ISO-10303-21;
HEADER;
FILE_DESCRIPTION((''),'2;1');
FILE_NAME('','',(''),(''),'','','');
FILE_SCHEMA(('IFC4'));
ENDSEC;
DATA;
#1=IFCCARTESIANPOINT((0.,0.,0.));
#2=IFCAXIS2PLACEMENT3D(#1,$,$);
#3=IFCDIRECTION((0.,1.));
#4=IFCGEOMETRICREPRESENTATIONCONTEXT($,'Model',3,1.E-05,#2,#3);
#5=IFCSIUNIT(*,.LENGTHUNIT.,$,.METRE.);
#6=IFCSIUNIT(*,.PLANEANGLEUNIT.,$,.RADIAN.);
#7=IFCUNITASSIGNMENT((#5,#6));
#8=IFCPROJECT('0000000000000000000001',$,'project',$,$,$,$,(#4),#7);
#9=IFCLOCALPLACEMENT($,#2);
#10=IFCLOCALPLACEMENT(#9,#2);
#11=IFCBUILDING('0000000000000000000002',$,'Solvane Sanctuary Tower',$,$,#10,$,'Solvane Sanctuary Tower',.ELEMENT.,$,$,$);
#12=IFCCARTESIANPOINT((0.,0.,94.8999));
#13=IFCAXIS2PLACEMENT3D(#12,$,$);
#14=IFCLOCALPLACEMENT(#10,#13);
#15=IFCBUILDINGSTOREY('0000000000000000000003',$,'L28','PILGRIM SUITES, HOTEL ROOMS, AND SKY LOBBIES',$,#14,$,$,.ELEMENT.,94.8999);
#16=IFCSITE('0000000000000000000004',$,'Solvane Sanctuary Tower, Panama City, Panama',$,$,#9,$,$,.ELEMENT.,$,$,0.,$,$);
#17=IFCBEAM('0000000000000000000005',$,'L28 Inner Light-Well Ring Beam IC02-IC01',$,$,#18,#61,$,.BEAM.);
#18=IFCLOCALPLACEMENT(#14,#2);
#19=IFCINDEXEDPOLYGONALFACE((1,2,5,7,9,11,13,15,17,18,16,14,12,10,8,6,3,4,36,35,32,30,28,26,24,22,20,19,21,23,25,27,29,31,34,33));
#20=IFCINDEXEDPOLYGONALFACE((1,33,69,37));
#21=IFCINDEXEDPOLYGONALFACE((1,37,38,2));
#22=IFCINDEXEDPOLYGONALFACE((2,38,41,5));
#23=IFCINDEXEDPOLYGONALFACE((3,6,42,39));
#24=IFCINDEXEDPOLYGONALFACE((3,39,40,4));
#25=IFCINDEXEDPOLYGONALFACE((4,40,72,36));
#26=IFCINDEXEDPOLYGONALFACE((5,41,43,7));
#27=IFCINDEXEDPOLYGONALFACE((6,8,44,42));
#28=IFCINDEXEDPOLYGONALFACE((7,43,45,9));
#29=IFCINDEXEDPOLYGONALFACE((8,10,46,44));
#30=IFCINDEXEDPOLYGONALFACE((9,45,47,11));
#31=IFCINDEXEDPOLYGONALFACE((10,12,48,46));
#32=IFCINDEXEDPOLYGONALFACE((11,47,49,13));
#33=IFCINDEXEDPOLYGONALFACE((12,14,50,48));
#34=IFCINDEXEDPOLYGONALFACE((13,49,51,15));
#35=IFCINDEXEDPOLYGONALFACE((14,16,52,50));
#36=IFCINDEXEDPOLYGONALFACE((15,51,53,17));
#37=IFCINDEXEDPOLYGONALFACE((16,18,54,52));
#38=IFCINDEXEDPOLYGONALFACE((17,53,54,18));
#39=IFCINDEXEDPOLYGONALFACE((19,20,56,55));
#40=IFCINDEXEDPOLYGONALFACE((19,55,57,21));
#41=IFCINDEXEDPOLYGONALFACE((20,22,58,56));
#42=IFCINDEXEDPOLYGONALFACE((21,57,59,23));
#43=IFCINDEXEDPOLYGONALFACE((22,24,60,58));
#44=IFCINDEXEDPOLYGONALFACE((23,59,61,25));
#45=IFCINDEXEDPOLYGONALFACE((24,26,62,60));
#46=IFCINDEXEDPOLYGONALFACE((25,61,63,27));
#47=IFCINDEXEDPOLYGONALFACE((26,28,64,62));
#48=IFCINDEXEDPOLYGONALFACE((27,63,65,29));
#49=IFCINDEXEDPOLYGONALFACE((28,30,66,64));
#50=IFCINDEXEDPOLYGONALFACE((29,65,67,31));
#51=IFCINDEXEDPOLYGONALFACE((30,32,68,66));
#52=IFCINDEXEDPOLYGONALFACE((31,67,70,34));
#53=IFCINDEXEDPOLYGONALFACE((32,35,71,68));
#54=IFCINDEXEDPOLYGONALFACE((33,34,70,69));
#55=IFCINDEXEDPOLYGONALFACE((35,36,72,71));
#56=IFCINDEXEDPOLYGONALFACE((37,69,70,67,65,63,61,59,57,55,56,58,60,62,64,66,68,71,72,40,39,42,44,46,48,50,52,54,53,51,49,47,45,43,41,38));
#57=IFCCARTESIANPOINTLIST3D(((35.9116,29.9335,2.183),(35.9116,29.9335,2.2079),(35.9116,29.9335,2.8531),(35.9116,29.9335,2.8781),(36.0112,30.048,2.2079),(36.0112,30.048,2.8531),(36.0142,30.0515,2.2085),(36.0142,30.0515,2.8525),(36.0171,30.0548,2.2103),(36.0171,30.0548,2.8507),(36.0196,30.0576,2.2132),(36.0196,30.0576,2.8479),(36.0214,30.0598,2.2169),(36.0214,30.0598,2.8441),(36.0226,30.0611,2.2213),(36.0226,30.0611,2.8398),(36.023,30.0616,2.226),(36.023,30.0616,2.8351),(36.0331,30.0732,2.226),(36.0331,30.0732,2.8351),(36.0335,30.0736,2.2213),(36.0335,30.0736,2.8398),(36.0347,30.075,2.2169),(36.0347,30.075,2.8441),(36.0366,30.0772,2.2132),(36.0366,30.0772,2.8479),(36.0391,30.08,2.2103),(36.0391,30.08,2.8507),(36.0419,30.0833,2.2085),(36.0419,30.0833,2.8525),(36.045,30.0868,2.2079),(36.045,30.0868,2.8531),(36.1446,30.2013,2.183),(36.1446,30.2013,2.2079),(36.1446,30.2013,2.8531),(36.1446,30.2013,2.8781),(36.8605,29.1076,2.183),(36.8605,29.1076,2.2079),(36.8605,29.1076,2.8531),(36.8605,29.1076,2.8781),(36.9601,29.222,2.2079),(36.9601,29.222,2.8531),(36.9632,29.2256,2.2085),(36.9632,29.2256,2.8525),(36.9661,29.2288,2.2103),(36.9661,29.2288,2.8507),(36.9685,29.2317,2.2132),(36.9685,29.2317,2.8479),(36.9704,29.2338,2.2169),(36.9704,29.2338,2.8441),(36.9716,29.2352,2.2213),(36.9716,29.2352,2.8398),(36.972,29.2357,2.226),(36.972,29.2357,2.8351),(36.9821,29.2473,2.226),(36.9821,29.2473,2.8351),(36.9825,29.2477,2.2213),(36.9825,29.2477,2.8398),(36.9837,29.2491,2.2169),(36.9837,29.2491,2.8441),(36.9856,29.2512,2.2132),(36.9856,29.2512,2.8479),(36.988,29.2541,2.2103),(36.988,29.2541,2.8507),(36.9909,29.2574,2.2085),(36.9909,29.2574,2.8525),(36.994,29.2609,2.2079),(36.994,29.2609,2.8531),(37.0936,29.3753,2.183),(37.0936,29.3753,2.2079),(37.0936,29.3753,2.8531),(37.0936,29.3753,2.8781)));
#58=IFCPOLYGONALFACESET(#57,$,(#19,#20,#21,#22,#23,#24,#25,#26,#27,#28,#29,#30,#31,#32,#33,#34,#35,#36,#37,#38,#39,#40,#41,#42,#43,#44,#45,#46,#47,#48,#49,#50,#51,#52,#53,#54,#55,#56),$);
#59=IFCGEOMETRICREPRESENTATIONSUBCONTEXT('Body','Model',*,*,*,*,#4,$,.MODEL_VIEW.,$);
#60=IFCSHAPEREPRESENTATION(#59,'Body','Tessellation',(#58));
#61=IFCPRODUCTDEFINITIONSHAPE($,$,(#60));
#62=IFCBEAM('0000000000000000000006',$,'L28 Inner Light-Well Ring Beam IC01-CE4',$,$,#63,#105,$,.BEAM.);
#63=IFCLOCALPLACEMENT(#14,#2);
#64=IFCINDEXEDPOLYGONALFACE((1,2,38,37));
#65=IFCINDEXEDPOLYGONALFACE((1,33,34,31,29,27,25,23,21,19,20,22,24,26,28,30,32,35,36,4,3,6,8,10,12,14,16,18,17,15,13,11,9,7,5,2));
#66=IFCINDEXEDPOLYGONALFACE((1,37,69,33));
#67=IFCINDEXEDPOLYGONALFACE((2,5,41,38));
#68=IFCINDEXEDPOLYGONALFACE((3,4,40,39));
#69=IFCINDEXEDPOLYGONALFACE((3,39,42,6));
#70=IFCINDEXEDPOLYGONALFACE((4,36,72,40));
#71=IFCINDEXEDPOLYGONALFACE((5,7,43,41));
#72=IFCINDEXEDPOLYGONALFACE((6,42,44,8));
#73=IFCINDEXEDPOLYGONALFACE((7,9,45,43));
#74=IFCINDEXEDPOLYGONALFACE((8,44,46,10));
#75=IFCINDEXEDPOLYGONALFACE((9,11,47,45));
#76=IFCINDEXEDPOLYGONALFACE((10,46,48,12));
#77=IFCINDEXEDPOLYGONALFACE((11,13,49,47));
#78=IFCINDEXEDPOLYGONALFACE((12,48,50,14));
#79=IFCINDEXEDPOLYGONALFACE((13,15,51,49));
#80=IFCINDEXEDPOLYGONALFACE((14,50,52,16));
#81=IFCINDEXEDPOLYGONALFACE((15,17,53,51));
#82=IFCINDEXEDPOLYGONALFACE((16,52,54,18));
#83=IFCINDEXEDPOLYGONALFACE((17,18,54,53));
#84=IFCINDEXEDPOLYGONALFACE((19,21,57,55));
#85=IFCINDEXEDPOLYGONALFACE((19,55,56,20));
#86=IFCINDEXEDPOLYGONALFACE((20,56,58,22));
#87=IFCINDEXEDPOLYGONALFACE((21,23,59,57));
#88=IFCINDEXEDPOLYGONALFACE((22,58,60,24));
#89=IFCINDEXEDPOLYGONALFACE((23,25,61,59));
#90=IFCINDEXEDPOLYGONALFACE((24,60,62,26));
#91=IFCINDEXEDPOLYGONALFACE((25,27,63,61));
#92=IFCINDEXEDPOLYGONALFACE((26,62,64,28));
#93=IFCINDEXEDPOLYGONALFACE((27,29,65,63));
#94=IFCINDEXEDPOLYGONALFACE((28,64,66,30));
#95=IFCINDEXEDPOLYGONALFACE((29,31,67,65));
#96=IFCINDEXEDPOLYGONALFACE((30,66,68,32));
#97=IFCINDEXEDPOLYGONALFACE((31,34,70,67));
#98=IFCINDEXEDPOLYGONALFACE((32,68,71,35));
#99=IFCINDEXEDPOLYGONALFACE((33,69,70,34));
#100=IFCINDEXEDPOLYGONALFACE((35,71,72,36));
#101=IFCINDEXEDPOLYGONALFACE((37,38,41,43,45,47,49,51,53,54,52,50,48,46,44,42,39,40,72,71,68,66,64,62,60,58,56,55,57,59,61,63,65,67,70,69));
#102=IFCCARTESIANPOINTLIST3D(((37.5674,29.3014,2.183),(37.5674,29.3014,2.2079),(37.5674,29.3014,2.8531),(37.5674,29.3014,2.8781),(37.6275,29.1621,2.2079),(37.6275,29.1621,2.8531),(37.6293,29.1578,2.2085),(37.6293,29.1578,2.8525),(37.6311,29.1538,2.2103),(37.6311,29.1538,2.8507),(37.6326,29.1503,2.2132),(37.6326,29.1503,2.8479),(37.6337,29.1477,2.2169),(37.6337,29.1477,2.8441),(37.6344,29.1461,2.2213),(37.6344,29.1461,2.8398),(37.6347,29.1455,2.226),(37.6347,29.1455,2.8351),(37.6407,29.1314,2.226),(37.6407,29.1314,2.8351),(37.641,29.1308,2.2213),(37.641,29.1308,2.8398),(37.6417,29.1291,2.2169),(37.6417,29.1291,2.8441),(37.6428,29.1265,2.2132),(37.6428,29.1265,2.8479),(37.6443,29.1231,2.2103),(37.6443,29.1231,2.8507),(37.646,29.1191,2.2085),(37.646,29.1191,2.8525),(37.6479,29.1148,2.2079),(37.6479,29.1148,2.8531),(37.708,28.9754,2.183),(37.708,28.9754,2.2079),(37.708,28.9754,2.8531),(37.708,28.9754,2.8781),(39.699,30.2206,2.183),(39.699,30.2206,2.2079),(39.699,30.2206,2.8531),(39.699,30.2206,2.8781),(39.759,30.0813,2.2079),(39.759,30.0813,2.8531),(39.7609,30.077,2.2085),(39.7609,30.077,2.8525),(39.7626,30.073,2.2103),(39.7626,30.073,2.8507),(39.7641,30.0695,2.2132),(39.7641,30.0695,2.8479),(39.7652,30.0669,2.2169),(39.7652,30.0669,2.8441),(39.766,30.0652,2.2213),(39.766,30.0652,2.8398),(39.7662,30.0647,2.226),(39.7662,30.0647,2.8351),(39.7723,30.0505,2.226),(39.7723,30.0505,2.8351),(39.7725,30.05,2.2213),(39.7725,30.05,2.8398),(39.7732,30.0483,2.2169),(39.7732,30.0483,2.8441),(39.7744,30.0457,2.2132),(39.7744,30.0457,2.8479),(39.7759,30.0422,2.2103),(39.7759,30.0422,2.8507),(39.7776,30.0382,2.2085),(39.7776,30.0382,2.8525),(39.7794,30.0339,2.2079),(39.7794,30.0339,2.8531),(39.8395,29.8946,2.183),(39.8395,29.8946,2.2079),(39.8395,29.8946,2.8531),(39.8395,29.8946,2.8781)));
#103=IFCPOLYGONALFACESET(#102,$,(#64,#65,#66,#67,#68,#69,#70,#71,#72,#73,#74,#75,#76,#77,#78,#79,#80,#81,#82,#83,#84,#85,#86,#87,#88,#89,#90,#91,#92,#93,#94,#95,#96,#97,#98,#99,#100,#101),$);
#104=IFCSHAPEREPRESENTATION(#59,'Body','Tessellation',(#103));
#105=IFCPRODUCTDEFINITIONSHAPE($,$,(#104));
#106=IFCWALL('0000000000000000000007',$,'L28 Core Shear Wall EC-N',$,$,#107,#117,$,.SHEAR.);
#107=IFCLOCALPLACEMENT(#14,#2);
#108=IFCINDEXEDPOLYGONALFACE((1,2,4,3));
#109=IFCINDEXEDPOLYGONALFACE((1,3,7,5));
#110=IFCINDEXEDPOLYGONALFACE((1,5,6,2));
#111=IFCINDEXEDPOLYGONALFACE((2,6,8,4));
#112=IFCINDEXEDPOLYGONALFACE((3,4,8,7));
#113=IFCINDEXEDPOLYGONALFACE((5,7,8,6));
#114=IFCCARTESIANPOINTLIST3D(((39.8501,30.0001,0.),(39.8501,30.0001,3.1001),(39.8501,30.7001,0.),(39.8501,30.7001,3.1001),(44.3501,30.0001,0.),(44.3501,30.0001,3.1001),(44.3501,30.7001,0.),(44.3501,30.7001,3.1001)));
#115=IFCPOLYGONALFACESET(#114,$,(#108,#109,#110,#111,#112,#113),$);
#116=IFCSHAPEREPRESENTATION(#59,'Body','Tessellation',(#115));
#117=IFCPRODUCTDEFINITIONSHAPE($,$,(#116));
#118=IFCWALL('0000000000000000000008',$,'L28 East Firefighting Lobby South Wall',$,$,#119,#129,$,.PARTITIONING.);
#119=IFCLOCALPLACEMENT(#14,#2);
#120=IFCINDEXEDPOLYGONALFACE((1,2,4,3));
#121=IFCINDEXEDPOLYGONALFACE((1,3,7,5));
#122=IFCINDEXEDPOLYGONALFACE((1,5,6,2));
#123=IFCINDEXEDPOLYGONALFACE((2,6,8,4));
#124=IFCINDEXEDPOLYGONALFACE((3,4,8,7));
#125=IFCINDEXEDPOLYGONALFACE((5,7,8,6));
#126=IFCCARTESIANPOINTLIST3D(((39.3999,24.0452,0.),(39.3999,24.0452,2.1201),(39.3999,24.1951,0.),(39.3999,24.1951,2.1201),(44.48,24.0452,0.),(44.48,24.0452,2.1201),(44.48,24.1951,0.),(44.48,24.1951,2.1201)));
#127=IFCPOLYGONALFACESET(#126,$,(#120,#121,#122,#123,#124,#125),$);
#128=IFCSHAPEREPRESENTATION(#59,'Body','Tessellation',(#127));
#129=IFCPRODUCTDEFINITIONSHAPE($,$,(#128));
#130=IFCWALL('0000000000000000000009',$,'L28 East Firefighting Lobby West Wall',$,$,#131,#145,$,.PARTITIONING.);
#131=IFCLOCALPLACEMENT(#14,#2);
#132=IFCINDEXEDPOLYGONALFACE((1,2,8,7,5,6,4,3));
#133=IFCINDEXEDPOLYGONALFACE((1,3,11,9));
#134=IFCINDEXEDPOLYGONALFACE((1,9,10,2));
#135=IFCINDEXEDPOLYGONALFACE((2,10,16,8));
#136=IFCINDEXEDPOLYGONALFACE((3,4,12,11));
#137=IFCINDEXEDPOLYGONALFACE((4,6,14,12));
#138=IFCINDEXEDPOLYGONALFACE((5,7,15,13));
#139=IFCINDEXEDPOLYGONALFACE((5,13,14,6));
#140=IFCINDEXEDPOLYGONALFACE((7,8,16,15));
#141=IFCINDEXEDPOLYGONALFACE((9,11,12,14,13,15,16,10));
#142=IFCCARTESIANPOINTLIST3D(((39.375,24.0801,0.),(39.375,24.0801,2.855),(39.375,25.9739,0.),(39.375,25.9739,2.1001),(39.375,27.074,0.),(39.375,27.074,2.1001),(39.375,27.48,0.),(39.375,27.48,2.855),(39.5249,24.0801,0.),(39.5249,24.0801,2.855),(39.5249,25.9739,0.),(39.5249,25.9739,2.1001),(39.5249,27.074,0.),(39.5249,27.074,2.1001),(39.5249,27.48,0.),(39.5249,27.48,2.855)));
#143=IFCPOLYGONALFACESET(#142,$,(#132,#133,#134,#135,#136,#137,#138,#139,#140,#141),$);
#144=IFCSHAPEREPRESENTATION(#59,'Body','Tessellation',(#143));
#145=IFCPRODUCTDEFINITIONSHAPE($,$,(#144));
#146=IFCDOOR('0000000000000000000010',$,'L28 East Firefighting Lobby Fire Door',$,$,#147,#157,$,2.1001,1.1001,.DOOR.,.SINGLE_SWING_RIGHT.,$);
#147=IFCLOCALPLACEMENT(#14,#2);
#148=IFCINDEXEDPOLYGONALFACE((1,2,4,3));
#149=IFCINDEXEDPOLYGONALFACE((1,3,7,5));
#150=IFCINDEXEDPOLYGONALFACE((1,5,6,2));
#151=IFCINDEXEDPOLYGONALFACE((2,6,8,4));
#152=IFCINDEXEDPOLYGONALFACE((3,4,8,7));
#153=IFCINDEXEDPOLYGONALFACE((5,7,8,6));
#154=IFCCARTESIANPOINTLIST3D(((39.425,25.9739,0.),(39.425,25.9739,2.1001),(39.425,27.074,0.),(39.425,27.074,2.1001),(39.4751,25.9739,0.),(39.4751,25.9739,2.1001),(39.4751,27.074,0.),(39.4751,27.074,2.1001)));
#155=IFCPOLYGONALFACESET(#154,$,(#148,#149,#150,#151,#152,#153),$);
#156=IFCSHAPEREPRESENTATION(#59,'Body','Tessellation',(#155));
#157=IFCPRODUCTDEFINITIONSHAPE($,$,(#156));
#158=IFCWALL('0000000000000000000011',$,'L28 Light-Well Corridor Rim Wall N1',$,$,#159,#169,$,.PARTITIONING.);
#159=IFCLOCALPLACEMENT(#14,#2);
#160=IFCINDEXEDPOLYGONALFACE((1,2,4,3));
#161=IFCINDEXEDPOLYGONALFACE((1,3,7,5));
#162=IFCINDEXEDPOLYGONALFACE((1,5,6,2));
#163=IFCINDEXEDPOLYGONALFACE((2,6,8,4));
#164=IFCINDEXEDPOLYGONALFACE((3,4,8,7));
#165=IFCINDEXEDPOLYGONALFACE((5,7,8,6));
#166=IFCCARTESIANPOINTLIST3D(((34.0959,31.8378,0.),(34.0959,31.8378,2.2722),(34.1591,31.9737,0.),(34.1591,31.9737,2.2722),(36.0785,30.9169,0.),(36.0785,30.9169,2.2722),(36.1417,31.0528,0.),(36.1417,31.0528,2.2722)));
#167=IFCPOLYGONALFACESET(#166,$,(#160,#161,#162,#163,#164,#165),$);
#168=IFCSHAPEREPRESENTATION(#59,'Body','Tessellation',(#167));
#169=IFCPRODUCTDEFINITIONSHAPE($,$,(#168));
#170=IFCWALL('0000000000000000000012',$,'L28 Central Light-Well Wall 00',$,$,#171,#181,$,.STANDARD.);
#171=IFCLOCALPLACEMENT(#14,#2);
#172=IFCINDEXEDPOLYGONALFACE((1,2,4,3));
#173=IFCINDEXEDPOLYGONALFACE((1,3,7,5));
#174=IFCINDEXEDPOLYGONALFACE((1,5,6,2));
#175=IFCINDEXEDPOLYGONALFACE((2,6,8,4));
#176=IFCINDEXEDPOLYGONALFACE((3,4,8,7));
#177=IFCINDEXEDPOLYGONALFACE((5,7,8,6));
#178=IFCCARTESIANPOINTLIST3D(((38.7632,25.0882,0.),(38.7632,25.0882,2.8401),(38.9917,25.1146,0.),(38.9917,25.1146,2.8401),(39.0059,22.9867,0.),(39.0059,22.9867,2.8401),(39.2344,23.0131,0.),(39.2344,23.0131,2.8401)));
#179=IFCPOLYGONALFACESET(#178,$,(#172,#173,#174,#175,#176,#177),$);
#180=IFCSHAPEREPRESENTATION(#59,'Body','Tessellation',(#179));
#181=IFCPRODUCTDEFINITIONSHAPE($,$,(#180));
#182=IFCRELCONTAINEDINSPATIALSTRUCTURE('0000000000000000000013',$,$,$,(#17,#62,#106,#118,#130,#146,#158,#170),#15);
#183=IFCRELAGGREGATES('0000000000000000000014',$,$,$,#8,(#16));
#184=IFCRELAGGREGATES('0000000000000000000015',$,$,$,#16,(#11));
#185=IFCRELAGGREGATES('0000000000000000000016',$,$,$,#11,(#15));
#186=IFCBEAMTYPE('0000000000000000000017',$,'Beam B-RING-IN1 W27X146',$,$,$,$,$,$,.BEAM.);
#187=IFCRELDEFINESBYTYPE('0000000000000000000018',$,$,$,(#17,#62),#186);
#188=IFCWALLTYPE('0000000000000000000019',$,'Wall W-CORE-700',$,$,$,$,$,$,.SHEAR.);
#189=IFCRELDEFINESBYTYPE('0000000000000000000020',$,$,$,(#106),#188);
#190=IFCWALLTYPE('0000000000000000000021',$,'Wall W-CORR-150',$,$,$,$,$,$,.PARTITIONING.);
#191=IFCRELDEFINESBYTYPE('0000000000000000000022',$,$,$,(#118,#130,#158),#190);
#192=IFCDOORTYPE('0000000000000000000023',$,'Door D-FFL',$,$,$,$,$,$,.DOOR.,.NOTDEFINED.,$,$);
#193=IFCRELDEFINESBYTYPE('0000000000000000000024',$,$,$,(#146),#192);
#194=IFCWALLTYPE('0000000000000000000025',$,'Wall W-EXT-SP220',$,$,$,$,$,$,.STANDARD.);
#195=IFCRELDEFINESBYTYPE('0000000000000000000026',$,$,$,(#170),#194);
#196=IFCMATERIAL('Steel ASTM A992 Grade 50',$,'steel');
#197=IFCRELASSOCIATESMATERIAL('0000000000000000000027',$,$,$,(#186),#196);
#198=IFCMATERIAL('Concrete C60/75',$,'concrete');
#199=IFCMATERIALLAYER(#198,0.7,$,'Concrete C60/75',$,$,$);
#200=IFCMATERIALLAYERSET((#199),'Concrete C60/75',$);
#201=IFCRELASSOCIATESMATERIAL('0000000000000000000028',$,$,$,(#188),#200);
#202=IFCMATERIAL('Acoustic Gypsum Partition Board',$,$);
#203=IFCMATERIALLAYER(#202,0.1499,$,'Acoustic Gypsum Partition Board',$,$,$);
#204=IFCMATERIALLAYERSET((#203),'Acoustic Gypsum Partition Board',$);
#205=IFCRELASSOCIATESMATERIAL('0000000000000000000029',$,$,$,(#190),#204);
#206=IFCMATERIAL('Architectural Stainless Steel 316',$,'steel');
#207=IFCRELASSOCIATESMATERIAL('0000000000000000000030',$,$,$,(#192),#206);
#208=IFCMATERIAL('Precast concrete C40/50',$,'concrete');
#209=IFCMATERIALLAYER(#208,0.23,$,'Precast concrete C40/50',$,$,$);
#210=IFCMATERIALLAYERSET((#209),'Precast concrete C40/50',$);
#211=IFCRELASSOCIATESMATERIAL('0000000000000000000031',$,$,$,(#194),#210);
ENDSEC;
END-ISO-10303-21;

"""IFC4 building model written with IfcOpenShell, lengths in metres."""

from ifc_helpers import new_model, si_unit, direction, frame, frame_2d, origin, origin_2d, place, context, subcontext, project, spatial, rectangle, i_section, extrude, material, layer, layer_set, material_profile, profile_set, type_object, element, fill, save


model = new_model("IFC4")

# Units and contexts
model_context = context("Model", 3, precision=1e-05, world=origin(), true_north=direction((0.0, 1.0)))
body_context = subcontext(model_context, "Body", "Model", "MODEL_VIEW")
ifc_project = project(units=[si_unit("LENGTHUNIT", "METRE"), si_unit("PLANEANGLEUNIT", "RADIAN")], contexts=[model_context])

# Site, building, storey
site_placement = place(None, origin())
site = spatial("IfcSite", under=ifc_project, at=site_placement, Name="Solvane Sanctuary Tower, Panama City, Panama", CompositionType="ELEMENT", RefElevation=0.0)
building_placement = place(site_placement, origin())
building = spatial("IfcBuilding", under=site, at=building_placement, Name="Solvane Sanctuary Tower", LongName="Solvane Sanctuary Tower", CompositionType="ELEMENT")
storey_placement = place(building_placement, frame((0.0, 0.0, 94.8999)))
storey = spatial("IfcBuildingStorey", under=building, at=storey_placement, Name="L28", Description="PILGRIM SUITES, HOTEL ROOMS, AND SKY LOBBIES", CompositionType="ELEMENT", Elevation=94.8999)

# Shared definitions
ifc_material_1 = material(Name="Concrete C60/75", Category="concrete")

# Beams
ifc_material_2 = material(Name="Steel ASTM A992 Grade 50", Category="steel")
ifc_material_profile_1 = material_profile(ifc_material_2, i_section(OverallWidth=0.355, OverallDepth=0.6951, WebThickness=0.0154, FlangeThickness=0.0249, FilletRadius=0.0181, at=origin_2d()), Name="W27X146")
ifc_profile_set_1 = profile_set([ifc_material_profile_1], Name="Steel ASTM A992 Grade 50")
beam_type_1 = type_object("IfcBeamType", Name="Beam B-RING-IN1 W27X146", PredefinedType="BEAM", material=ifc_profile_set_1)
beam_1_placement = place(storey_placement, frame((36.0281, 30.0674, 2.5305), z_axis=(0.754317, -0.65651, 0.0), x_axis=(0.65651, 0.754317, 0.0)))
element("IfcBeam", 1, at=beam_1_placement, inside=storey, type_object=beam_type_1, Name="L28 Inner Light-Well Ring Beam IC02-IC01", PredefinedType="BEAM", context=body_context, shape_type="SweptSolid", body=[
    extrude(i_section(OverallWidth=0.355, OverallDepth=0.6951, WebThickness=0.0154, FlangeThickness=0.0249, FilletRadius=0.0181, at=origin_2d()), origin(), (0.0, 0.0, 1.0), 1.2581),
])
beam_2_placement = place(storey_placement, frame((37.6377, 29.1384, 2.5305), z_axis=(0.918261, 0.395975, 0.0), x_axis=(-0.395975, 0.918261, 0.0)))
element("IfcBeam", 2, at=beam_2_placement, inside=storey, type_object=beam_type_1, Name="L28 Inner Light-Well Ring Beam IC01-CE4", PredefinedType="BEAM", context=body_context, shape_type="SweptSolid", body=[
    extrude(i_section(OverallWidth=0.355, OverallDepth=0.6951, WebThickness=0.0154, FlangeThickness=0.0249, FilletRadius=0.0181, at=origin_2d()), origin(), (0.0, 0.0, 1.0), 2.3213),
])

# Walls
ifc_layer_1 = layer(ifc_material_1, 0.7, Name="Concrete C60/75")
ifc_layer_set_1 = layer_set([ifc_layer_1], Name="Concrete C60/75")
wall_type_1 = type_object("IfcWallType", Name="Wall W-CORE-700", PredefinedType="SHEAR", material=ifc_layer_set_1)
wall_1_placement = place(storey_placement, frame((39.8501, 30.3501, 0.0), z_axis=(0.0, 0.0, 1.0), x_axis=(1.0, 0.0, 0.0)))
element("IfcWall", 3, at=wall_1_placement, inside=storey, type_object=wall_type_1, Name="L28 Core Shear Wall EC-N", PredefinedType="SHEAR", context=body_context, shape_type="SweptSolid", body=[
    extrude(rectangle(XDim=4.5, YDim=0.7, at=frame_2d((2.25, 0.0))), origin(), (0.0, 0.0, 1.0), 3.1001),
])
ifc_material_3 = material(Name="Acoustic Gypsum Partition Board")
ifc_layer_2 = layer(ifc_material_3, 0.1499, Name="Acoustic Gypsum Partition Board")
ifc_layer_set_2 = layer_set([ifc_layer_2], Name="Acoustic Gypsum Partition Board")
wall_type_2 = type_object("IfcWallType", Name="Wall W-CORR-150", PredefinedType="PARTITIONING", material=ifc_layer_set_2)
wall_2_placement = place(storey_placement, frame((39.3999, 24.1201, 0.0), z_axis=(0.0, 0.0, 1.0), x_axis=(1.0, 0.0, 0.0)))
element("IfcWall", 4, at=wall_2_placement, inside=storey, type_object=wall_type_2, Name="L28 East Firefighting Lobby South Wall", PredefinedType="PARTITIONING", context=body_context, shape_type="SweptSolid", body=[
    extrude(rectangle(XDim=5.0801, YDim=0.1499, at=frame_2d((2.54, 0.0))), origin(), (0.0, 0.0, 1.0), 2.1201),
])

# Wall, opening, door
wall_3_placement = place(storey_placement, frame((39.45, 24.0801, 0.0), z_axis=(0.0, 0.0, 1.0), x_axis=(0.0, 1.0, 0.0)))
wall_3 = element("IfcWall", 5, at=wall_3_placement, inside=storey, type_object=wall_type_2, Name="L28 East Firefighting Lobby West Wall", PredefinedType="PARTITIONING", context=body_context, shape_type="SweptSolid", body=[
    extrude(rectangle(XDim=3.3999, YDim=0.1499, at=frame_2d((1.7, 0.0))), origin(), (0.0, 0.0, 1.0), 2.855),
])
opening_1_placement = place(wall_3_placement, frame((1.8938, 0.0, 0.0)))
opening_1 = element("IfcOpeningElement", 6, at=opening_1_placement, cuts=wall_3, PredefinedType="OPENING", context=body_context, shape_type="SweptSolid", body=[
    extrude(rectangle(XDim=1.1001, YDim=2.1001, at=frame_2d((0.55, 1.05))), frame((0.0, 0.085, 0.0), z_axis=(0.0, -1.0, 0.0), x_axis=(1.0, 0.0, 0.0)), (0.0, 0.0, 1.0), 0.1699),
])
ifc_material_4 = material(Name="Architectural Stainless Steel 316", Category="steel")
door_type = type_object("IfcDoorType", Name="Door D-FFL", OperationType="NOTDEFINED", PredefinedType="DOOR", material=ifc_material_4)
door_placement = place(opening_1_placement, origin())
door = element("IfcDoor", 7, at=door_placement, inside=storey, type_object=door_type, Name="L28 East Firefighting Lobby Fire Door", OperationType="SINGLE_SWING_RIGHT", OverallHeight=2.1001, OverallWidth=1.1001, PredefinedType="DOOR", context=body_context, shape_type="SweptSolid", body=[
    extrude(rectangle(XDim=1.1001, YDim=2.1001, at=frame_2d((0.55, 1.05))), frame((0.0, 0.0249, 0.0), z_axis=(0.0, -1.0, 0.0), x_axis=(1.0, 0.0, 0.0)), (0.0, 0.0, 1.0), 0.05),
])
fill(opening_1, door)

# Walls
wall_4_placement = place(storey_placement, frame((36.1101, 30.9849, 0.0), z_axis=(0.0, 0.0, 1.0), x_axis=(-0.906943, 0.421252, 0.0)))
element("IfcWall", 8, at=wall_4_placement, inside=storey, type_object=wall_type_2, Name="L28 Light-Well Corridor Rim Wall N1", PredefinedType="PARTITIONING", context=body_context, shape_type="SweptSolid", body=[
    extrude(rectangle(XDim=2.186, YDim=0.1499, at=frame_2d((1.093, 0.0))), origin(), (0.0, 0.0, 1.0), 2.2722),
])
ifc_material_5 = material(Name="Precast concrete C40/50", Category="concrete")
ifc_layer_3 = layer(ifc_material_5, 0.23, Name="Precast concrete C40/50")
ifc_layer_set_3 = layer_set([ifc_layer_3], Name="Precast concrete C40/50")
wall_type_3 = type_object("IfcWallType", Name="Wall W-EXT-SP220", PredefinedType="STANDARD", material=ifc_layer_set_3)
wall_5_placement = place(storey_placement, frame((39.1201, 23.0, 0.0), z_axis=(0.0, 0.0, 1.0), x_axis=(-0.114712, 0.993399, 0.0)))
element("IfcWall", 9, at=wall_5_placement, inside=storey, type_object=wall_type_3, Name="L28 Central Light-Well Wall 00", PredefinedType="STANDARD", context=body_context, shape_type="SweptSolid", body=[
    extrude(rectangle(XDim=2.1155, YDim=0.23, at=frame_2d((1.0576, 0.0))), origin(), (0.0, 0.0, 1.0), 2.8401),
])

save(model, "model.ifc")
